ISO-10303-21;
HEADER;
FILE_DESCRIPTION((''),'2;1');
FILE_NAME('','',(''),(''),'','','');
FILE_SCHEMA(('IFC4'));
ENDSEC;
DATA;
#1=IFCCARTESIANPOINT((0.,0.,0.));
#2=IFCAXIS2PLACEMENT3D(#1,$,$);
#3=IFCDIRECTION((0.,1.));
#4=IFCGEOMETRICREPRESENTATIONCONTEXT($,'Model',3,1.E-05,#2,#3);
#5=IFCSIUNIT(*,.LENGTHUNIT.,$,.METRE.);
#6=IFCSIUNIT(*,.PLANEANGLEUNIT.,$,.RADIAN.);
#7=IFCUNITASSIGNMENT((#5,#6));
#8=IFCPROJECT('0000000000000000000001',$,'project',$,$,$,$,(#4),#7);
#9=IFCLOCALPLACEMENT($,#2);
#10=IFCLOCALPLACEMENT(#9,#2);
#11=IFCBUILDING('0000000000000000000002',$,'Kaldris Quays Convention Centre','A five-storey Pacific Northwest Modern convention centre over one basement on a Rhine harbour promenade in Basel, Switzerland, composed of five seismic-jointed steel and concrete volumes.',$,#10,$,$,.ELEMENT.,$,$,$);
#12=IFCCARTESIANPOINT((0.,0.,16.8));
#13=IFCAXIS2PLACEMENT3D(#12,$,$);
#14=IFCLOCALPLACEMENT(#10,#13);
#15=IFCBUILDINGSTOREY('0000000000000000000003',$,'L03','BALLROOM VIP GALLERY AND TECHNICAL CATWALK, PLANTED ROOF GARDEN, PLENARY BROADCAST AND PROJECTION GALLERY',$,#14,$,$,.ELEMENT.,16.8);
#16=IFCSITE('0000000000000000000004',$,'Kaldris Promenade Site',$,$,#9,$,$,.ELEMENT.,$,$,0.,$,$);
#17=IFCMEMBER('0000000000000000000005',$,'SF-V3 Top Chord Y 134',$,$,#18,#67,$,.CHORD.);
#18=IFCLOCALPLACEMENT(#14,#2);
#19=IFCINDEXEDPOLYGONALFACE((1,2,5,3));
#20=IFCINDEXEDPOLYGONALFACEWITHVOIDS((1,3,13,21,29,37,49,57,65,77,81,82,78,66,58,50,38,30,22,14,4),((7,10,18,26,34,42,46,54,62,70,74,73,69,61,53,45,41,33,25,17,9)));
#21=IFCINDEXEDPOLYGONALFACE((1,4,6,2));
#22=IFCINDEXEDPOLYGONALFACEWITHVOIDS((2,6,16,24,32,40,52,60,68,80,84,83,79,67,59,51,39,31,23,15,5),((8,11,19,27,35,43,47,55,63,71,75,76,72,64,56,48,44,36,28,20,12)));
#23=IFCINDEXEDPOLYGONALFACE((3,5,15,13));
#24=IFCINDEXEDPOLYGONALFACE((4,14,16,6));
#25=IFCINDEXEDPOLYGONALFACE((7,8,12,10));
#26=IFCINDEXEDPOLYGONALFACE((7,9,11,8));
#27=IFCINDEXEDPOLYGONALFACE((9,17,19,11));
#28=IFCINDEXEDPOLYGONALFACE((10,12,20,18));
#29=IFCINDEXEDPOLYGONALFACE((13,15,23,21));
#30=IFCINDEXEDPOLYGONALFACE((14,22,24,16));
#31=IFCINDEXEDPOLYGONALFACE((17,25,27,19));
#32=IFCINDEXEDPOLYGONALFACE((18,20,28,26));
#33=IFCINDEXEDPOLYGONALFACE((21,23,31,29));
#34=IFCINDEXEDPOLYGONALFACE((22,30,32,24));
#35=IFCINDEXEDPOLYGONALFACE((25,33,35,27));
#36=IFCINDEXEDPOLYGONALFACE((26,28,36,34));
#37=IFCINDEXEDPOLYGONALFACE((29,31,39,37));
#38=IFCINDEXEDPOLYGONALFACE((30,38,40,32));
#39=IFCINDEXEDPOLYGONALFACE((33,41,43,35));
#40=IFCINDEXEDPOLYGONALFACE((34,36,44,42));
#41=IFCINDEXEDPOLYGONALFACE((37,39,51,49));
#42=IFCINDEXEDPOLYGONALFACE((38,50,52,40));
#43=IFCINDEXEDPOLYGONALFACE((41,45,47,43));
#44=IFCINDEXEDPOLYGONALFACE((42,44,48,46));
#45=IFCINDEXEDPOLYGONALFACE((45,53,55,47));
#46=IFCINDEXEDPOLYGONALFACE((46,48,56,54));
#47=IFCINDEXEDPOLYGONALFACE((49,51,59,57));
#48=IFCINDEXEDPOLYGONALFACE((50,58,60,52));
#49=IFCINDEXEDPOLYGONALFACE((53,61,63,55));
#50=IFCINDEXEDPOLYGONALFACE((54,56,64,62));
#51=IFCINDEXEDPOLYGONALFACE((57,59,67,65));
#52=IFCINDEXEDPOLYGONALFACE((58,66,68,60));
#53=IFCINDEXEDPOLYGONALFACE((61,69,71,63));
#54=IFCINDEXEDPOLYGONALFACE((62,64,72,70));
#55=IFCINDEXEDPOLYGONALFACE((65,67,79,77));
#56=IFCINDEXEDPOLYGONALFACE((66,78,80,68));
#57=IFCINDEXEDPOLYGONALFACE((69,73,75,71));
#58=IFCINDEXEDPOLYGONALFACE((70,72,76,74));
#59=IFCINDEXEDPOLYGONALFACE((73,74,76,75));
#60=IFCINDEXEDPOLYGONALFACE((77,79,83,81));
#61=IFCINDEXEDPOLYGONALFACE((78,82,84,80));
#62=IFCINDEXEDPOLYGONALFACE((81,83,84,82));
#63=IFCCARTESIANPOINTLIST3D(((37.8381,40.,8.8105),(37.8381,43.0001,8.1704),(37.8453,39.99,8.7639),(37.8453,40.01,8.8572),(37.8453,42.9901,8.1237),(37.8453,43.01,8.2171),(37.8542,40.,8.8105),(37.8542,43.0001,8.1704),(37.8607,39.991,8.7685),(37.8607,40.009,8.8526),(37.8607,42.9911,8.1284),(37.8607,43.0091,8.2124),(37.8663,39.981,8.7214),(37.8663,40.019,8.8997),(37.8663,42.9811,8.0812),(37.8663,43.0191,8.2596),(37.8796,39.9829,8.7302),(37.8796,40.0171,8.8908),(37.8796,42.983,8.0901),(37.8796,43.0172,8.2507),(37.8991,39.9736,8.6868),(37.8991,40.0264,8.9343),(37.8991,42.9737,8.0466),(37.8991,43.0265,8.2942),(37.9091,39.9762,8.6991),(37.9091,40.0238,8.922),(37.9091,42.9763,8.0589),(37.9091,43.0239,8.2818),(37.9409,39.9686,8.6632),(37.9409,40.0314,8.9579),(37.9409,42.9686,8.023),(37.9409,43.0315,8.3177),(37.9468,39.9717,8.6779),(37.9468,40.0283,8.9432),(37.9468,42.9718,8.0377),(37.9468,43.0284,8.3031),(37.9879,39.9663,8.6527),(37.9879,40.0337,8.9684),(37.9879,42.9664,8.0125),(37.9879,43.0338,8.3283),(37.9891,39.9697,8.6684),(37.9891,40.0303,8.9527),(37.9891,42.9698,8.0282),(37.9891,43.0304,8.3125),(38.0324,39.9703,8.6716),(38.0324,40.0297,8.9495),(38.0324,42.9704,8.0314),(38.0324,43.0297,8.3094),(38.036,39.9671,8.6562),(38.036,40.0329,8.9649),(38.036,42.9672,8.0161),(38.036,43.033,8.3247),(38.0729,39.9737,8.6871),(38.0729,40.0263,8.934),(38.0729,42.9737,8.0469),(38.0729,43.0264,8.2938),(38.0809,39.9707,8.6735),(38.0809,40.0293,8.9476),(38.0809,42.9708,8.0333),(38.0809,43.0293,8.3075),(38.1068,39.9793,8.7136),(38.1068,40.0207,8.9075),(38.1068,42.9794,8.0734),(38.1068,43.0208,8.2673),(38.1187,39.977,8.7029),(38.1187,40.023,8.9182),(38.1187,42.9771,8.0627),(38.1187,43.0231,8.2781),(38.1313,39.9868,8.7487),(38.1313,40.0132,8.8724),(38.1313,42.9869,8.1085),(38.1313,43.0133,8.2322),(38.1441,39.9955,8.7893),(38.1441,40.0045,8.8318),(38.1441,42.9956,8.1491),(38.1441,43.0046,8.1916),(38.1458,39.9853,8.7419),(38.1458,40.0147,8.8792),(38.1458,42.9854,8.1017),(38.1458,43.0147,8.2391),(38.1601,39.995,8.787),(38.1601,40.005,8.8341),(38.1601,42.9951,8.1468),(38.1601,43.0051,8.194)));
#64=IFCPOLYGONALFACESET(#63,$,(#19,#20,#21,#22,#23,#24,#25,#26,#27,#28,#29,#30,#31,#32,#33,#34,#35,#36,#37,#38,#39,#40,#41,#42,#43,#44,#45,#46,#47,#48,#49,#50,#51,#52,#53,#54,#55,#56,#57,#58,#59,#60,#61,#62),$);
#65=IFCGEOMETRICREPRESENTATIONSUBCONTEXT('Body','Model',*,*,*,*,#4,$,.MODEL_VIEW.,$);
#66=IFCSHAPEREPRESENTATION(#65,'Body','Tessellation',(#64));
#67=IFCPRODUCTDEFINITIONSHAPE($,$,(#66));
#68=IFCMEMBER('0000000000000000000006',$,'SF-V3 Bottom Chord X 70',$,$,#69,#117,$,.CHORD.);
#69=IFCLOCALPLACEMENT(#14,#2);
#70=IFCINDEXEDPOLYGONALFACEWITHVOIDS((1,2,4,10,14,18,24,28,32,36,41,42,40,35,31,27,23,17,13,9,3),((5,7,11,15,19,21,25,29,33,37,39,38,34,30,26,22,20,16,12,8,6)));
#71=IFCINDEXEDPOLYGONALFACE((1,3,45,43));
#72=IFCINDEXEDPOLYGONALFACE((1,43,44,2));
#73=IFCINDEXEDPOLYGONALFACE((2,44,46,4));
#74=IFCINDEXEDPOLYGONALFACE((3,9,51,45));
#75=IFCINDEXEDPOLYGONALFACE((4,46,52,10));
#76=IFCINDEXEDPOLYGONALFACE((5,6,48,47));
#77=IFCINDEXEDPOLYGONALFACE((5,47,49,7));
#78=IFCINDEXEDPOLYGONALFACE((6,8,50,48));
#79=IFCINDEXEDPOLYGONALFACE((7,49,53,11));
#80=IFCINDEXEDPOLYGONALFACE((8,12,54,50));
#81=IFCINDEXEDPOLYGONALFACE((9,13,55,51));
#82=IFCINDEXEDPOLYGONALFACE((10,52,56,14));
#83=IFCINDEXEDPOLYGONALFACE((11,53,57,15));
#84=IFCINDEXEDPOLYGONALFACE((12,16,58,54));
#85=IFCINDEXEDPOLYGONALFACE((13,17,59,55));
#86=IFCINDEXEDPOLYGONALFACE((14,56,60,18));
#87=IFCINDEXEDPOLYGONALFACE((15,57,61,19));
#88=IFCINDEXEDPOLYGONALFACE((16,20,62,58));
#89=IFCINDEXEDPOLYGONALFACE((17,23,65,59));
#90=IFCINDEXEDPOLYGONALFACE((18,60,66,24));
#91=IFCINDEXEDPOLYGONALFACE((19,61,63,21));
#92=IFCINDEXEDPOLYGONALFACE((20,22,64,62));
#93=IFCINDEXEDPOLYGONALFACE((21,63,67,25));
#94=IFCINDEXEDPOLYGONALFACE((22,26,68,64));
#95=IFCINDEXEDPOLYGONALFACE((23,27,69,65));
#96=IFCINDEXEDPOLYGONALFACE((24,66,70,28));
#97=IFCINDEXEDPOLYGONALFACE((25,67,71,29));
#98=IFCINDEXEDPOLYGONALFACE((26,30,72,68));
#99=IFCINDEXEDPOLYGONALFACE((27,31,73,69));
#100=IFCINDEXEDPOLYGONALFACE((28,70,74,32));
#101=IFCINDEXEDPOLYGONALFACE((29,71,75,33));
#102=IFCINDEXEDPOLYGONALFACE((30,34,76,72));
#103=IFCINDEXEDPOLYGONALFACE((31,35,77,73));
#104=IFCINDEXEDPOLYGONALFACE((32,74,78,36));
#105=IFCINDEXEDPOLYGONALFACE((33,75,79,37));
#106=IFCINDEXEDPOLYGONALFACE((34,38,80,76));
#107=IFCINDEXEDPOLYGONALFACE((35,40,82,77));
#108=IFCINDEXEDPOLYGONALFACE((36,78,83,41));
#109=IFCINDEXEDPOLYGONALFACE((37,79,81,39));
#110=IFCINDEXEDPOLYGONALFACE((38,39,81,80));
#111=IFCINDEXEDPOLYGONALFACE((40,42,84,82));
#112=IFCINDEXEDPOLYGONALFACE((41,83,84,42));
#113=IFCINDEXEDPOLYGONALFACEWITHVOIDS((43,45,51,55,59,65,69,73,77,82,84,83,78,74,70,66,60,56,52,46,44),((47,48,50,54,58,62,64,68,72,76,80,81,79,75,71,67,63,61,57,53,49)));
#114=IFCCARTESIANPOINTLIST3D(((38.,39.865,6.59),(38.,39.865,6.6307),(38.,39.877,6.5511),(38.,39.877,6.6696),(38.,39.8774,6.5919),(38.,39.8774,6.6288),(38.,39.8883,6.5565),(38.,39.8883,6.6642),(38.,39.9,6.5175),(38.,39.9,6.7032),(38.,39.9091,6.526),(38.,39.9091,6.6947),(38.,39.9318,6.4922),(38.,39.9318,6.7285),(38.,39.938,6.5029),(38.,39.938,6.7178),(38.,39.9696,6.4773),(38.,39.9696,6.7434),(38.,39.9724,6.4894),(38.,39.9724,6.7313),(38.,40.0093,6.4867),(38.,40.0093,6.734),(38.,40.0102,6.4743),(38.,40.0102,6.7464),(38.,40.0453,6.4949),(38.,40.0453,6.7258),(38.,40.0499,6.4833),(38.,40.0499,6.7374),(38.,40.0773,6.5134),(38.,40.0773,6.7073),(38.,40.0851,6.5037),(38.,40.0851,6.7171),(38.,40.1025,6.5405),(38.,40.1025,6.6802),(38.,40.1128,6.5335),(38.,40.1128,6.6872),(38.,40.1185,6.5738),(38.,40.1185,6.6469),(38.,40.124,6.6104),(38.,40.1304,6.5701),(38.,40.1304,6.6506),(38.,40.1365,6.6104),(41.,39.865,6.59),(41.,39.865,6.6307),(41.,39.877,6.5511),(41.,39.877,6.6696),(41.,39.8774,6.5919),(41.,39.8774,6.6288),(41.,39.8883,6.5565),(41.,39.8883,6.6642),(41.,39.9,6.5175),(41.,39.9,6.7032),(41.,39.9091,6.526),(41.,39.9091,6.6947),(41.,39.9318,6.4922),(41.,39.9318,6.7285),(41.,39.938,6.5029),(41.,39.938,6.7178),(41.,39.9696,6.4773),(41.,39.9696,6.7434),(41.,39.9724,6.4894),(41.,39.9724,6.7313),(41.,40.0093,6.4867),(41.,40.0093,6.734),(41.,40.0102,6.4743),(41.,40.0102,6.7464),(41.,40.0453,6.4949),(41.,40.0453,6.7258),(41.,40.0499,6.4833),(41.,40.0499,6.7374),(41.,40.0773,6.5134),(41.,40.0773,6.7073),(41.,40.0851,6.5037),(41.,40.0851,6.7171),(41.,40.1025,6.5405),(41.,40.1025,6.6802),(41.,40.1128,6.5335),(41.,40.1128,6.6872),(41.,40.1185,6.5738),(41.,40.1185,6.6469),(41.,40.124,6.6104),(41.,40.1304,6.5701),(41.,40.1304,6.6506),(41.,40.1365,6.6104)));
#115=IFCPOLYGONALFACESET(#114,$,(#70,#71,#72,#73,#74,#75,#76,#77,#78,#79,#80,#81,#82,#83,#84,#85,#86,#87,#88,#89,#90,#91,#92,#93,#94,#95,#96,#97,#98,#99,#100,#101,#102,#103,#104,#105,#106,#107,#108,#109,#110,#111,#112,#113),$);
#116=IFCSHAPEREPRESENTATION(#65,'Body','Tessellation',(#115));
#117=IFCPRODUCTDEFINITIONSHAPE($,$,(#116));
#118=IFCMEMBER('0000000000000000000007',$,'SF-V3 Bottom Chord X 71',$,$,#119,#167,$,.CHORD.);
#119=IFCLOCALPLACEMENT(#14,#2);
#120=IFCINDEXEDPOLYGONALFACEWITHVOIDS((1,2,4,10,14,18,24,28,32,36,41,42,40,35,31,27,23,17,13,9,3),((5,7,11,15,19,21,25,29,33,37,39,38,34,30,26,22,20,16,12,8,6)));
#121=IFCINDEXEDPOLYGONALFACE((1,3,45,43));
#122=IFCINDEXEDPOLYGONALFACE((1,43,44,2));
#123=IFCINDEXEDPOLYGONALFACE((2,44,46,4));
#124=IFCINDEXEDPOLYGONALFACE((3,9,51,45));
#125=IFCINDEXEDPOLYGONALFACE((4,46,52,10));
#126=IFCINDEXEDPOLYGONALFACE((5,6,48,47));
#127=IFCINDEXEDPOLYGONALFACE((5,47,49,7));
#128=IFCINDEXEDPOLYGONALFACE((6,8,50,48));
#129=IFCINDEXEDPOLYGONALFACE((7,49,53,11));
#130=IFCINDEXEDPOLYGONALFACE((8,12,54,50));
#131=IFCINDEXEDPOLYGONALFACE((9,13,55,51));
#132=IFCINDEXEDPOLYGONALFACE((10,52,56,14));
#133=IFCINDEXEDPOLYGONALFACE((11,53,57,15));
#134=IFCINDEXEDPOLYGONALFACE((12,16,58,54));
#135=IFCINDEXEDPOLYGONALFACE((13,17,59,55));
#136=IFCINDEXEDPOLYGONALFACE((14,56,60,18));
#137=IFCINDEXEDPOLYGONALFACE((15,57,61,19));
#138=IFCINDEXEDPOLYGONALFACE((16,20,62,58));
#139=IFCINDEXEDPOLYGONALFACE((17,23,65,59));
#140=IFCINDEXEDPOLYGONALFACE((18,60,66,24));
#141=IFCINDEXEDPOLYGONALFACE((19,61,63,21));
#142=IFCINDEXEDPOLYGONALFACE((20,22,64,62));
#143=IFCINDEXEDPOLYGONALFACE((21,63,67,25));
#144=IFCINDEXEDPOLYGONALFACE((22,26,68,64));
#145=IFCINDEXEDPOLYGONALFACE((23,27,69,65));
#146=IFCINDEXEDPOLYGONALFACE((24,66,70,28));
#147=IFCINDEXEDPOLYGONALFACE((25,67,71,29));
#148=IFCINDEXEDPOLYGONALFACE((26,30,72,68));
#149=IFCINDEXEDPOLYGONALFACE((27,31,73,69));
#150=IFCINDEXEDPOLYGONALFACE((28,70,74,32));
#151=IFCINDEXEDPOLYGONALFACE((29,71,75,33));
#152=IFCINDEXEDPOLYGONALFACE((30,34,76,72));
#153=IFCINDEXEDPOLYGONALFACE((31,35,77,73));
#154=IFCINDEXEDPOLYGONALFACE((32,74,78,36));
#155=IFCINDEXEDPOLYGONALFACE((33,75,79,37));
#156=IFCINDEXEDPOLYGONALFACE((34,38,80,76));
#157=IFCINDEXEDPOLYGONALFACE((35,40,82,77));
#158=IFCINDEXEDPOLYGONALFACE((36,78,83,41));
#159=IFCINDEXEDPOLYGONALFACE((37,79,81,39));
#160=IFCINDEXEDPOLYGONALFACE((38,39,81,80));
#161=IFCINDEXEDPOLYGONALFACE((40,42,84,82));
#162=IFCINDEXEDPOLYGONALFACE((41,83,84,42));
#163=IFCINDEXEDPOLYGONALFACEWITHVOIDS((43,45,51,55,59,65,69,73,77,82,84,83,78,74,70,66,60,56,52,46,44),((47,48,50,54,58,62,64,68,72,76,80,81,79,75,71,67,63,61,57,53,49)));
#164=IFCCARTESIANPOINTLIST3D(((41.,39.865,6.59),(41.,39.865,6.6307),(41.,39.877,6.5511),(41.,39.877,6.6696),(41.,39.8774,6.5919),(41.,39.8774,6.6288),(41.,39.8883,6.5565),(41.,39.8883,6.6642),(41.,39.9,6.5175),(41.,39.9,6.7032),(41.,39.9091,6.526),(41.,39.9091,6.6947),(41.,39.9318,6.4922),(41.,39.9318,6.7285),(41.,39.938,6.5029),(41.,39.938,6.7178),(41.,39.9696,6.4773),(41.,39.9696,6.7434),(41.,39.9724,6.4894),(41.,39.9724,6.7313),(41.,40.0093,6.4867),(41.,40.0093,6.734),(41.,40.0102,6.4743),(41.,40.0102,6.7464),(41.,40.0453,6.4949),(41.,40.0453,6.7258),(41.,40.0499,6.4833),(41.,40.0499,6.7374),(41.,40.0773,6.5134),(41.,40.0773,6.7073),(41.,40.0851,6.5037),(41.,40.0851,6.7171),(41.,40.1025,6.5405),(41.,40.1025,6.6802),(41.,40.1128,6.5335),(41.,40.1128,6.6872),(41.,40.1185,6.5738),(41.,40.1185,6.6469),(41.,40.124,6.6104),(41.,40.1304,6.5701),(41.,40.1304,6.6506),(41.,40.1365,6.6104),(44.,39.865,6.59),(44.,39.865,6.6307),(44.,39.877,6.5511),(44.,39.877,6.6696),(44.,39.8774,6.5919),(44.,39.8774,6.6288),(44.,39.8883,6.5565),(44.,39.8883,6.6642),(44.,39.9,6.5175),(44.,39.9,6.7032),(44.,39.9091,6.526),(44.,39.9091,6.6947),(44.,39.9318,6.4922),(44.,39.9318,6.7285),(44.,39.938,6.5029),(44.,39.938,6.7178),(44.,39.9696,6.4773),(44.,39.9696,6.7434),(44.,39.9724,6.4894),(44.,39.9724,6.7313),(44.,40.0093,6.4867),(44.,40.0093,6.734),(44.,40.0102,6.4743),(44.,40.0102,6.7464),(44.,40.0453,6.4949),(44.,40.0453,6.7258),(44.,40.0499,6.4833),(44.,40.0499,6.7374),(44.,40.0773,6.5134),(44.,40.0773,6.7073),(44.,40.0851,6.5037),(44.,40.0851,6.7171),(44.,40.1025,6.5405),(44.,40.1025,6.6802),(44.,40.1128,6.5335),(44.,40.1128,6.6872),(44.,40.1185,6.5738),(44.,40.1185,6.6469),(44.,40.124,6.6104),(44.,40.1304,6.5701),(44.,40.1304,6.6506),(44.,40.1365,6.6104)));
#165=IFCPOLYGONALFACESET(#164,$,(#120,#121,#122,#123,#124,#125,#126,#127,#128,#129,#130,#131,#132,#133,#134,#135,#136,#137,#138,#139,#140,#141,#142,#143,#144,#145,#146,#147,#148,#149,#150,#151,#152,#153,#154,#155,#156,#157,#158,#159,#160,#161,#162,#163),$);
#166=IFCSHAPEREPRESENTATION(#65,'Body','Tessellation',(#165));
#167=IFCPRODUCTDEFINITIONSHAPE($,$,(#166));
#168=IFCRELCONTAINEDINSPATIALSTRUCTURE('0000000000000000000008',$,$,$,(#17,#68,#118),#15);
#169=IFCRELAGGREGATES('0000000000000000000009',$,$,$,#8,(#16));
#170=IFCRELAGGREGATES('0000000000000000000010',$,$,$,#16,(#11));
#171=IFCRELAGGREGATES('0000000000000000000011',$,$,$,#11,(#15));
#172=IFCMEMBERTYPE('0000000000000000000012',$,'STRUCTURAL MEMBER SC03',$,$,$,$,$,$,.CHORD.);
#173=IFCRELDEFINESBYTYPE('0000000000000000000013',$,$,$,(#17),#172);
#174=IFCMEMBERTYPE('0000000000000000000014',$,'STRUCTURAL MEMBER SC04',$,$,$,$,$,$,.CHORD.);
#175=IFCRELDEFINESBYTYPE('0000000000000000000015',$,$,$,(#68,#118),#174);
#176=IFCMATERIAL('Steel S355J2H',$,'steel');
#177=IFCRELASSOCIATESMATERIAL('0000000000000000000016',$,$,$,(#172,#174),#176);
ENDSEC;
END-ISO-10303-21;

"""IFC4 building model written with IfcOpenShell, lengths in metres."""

from ifc_helpers import new_model, si_unit, direction, frame, origin, origin_2d, place, context, subcontext, project, spatial, hollow_circle, extrude, material, material_profile, profile_set, type_object, element, save


model = new_model("IFC4")

# Units and contexts
model_context = context("Model", 3, precision=1e-05, world=origin(), true_north=direction((0.0, 1.0)))
body_context = subcontext(model_context, "Body", "Model", "MODEL_VIEW")
ifc_project = project(units=[si_unit("LENGTHUNIT", "METRE"), si_unit("PLANEANGLEUNIT", "RADIAN")], contexts=[model_context])

# Site, building, storey
site_placement = place(None, origin())
site = spatial("IfcSite", under=ifc_project, at=site_placement, Name="Kaldris Promenade Site", CompositionType="ELEMENT", RefElevation=0.0)
building_placement = place(site_placement, origin())
building = spatial("IfcBuilding", under=site, at=building_placement, Name="Kaldris Quays Convention Centre", Description="A five-storey Pacific Northwest Modern convention centre over one basement on a Rhine harbour promenade in Basel, Switzerland, composed of five seismic-jointed steel and concrete volumes.", CompositionType="ELEMENT")
storey_placement = place(building_placement, frame((0.0, 0.0, 16.8)))
storey = spatial("IfcBuildingStorey", under=building, at=storey_placement, Name="L03", Description="BALLROOM VIP GALLERY AND TECHNICAL CATWALK, PLANTED ROOF GARDEN, PLENARY BROADCAST AND PROJECTION GALLERY", CompositionType="ELEMENT", Elevation=16.8)

# Members
ifc_material_1 = material(Name="Steel S355J2H", Category="steel")
ifc_material_profile_1 = material_profile(ifc_material_1, hollow_circle(Radius=0.1619, WallThickness=0.0161, at=origin_2d()), Name="CHS 323.9x16")
ifc_profile_set_1 = profile_set([ifc_material_profile_1], Name="Steel S355J2H")
member_type_1 = type_object("IfcMemberType", Name="STRUCTURAL MEMBER SC03", PredefinedType="CHORD", material=ifc_profile_set_1)
member_1_placement = place(storey_placement, frame((38.0, 40.0, 8.8105), z_axis=(0.0, 0.977984, -0.208681), x_axis=(-1.0, 0.0, 0.0)))
element("IfcMember", 1, at=member_1_placement, inside=storey, type_object=member_type_1, Name="SF-V3 Top Chord Y 134", PredefinedType="CHORD", context=body_context, shape_type="SweptSolid", body=[
    extrude(hollow_circle(Radius=0.1619, WallThickness=0.0161, at=origin_2d()), origin(), (0.0, 0.0, 1.0), 3.0676),
])
ifc_material_profile_2 = material_profile(ifc_material_1, hollow_circle(Radius=0.1365, WallThickness=0.0125, at=origin_2d()), Name="CHS 273x12.5")
ifc_profile_set_2 = profile_set([ifc_material_profile_2], Name="Steel S355J2H")
member_type_2 = type_object("IfcMemberType", Name="STRUCTURAL MEMBER SC04", PredefinedType="CHORD", material=ifc_profile_set_2)
for number, where, z_axis, x_axis, name in (
    (2, (38.0, 40.0, 6.6104), (1.0, 0.0, 0.0), (0.0, 1.0, 0.0), "SF-V3 Bottom Chord X 70"),
    (3, (41.0, 40.0, 6.6104), (1.0, 0.0, 0.0), (0.0, 1.0, 0.0), "SF-V3 Bottom Chord X 71"),
):
    element("IfcMember", number, at=place(storey_placement, frame(where, z_axis=z_axis, x_axis=x_axis)), inside=storey, type_object=member_type_2, Name=name, PredefinedType="CHORD", context=body_context, shape_type="SweptSolid", body=[
        extrude(hollow_circle(Radius=0.1365, WallThickness=0.0125, at=origin_2d()), origin(), (0.0, 0.0, 1.0), 3.0),
    ])

save(model, "model.ifc")
